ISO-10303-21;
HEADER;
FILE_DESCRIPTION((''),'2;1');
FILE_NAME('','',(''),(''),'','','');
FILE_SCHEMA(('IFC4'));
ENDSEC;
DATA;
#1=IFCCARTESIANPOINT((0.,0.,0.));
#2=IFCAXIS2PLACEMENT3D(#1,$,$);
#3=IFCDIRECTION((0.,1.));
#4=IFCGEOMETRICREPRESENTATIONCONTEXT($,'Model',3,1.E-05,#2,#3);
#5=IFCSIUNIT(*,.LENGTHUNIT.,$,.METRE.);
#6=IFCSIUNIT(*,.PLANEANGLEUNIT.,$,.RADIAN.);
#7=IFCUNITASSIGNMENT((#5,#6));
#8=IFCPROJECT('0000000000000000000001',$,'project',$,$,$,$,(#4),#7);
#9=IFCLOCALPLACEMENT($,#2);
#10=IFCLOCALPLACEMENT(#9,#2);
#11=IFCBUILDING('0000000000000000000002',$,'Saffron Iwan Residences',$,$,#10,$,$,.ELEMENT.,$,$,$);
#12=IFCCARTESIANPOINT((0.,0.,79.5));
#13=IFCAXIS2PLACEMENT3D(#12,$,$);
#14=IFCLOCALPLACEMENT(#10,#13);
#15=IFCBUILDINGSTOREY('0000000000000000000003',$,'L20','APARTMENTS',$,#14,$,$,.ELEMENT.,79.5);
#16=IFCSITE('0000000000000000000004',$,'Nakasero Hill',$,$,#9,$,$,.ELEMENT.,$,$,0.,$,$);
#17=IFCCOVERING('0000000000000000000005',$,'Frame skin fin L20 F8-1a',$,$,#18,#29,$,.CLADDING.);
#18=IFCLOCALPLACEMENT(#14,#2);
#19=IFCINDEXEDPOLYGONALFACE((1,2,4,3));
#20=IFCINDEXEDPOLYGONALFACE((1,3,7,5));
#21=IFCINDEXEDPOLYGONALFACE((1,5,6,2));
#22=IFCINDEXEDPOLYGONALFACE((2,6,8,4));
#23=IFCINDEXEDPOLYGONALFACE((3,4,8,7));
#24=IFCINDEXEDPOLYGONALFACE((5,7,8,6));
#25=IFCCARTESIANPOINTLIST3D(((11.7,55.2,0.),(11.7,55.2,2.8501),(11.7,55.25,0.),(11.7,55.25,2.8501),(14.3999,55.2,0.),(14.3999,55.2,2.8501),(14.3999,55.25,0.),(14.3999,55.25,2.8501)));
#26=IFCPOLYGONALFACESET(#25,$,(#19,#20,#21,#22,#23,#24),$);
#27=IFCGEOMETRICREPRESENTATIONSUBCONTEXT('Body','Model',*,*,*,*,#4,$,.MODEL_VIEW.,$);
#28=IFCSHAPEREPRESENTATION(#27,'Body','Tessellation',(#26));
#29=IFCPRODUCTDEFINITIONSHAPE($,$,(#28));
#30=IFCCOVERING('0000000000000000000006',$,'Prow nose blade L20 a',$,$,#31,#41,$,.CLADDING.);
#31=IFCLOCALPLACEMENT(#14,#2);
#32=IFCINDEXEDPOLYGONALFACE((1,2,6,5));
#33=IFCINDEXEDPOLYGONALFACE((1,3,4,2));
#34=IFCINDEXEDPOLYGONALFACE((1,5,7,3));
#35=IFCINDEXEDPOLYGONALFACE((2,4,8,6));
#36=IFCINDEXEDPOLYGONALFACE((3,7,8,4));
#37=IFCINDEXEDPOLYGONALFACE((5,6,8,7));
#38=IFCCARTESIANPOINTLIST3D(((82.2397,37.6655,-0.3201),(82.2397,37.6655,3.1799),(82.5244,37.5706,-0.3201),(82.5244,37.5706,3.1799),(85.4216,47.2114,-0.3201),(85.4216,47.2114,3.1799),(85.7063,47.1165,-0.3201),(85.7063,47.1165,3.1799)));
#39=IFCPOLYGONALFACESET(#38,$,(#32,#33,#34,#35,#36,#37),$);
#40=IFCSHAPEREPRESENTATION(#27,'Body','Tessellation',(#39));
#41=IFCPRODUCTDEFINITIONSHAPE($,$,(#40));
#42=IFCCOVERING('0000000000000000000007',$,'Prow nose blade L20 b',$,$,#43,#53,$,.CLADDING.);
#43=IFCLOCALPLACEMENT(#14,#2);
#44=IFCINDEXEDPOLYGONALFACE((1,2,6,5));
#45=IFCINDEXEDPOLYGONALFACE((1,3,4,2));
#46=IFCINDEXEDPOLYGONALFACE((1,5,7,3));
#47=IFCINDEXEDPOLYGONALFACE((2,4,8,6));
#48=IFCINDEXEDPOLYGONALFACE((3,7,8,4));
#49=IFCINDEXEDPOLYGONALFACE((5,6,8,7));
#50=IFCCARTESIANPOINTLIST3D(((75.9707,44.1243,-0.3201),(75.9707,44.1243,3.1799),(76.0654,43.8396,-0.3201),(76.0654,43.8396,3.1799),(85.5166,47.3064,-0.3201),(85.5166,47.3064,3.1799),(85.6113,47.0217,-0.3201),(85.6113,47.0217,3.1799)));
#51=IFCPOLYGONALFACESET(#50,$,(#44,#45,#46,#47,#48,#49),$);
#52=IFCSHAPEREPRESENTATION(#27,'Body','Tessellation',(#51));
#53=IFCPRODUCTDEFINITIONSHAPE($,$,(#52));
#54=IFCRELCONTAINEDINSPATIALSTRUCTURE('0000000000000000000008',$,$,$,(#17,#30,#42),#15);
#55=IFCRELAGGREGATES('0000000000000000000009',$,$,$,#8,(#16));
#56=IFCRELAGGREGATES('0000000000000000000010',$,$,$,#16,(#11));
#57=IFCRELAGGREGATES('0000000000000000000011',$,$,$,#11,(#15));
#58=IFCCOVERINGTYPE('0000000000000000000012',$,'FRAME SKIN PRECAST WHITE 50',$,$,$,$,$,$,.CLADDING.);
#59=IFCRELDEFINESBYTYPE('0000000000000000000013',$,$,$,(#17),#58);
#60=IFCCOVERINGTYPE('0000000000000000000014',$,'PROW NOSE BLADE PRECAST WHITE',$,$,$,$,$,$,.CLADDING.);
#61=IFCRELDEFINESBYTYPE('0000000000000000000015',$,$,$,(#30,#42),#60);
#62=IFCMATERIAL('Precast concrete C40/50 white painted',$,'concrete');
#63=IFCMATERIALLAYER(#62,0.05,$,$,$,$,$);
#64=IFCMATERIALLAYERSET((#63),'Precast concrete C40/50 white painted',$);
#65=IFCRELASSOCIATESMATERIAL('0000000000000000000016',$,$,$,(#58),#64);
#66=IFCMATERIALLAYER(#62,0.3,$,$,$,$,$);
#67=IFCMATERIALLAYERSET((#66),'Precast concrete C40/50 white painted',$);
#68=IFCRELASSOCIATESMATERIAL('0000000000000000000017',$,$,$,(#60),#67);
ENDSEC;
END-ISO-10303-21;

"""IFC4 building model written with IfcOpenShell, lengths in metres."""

from ifc_helpers import new_model, si_unit, direction, frame, origin, place, context, subcontext, project, spatial, polyline, outline, extrude, material, layer, layer_set, type_object, element, save


model = new_model("IFC4")

# Units and contexts
model_context = context("Model", 3, precision=1e-05, world=origin(), true_north=direction((0.0, 1.0)))
body_context = subcontext(model_context, "Body", "Model", "MODEL_VIEW")
ifc_project = project(units=[si_unit("LENGTHUNIT", "METRE"), si_unit("PLANEANGLEUNIT", "RADIAN")], contexts=[model_context])

# Site, building, storey
site_placement = place(None, origin())
site = spatial("IfcSite", under=ifc_project, at=site_placement, Name="Nakasero Hill", CompositionType="ELEMENT", RefElevation=0.0)
building_placement = place(site_placement, origin())
building = spatial("IfcBuilding", under=site, at=building_placement, Name="Saffron Iwan Residences", CompositionType="ELEMENT")
storey_placement = place(building_placement, frame((0.0, 0.0, 79.5)))
storey = spatial("IfcBuildingStorey", under=building, at=storey_placement, Name="L20", Description="APARTMENTS", CompositionType="ELEMENT", Elevation=79.5)

# Coverings
ifc_material_1 = material(Name="Precast concrete C40/50 white painted", Category="concrete")
ifc_layer_1 = layer(ifc_material_1, 0.05)
ifc_layer_set_1 = layer_set([ifc_layer_1], Name="Precast concrete C40/50 white painted")
covering_type_1 = type_object("IfcCoveringType", Name="FRAME SKIN PRECAST WHITE 50", PredefinedType="CLADDING", material=ifc_layer_set_1)
covering_1_placement = place(storey_placement, origin())
element("IfcCovering", 1, at=covering_1_placement, inside=storey, type_object=covering_type_1, Name="Frame skin fin L20 F8-1a", PredefinedType="CLADDING", context=body_context, shape_type="SweptSolid", body=[
    extrude(outline(polyline([(11.7, 55.25), (11.7, 55.2), (14.3999, 55.2), (14.3999, 55.25), (11.7, 55.25)])), origin(), (0.0, 0.0, 1.0), 2.8501),
])
ifc_layer_2 = layer(ifc_material_1, 0.3)
ifc_layer_set_2 = layer_set([ifc_layer_2], Name="Precast concrete C40/50 white painted")
covering_type_2 = type_object("IfcCoveringType", Name="PROW NOSE BLADE PRECAST WHITE", PredefinedType="CLADDING", material=ifc_layer_set_2)
covering_2_placement = place(storey_placement, frame((0.0, 0.0, -0.3201)))
element("IfcCovering", 2, at=covering_2_placement, inside=storey, type_object=covering_type_2, Name="Prow nose blade L20 a", PredefinedType="CLADDING", context=body_context, shape_type="SweptSolid", body=[
    extrude(outline(polyline([(82.5244, 37.5706), (85.7063, 47.1165), (85.4216, 47.2114), (82.2397, 37.6655), (82.5244, 37.5706)])), origin(), (0.0, 0.0, 1.0), 3.5),
])
covering_3_placement = place(storey_placement, frame((0.0, 0.0, -0.3201)))
element("IfcCovering", 3, at=covering_3_placement, inside=storey, type_object=covering_type_2, Name="Prow nose blade L20 b", PredefinedType="CLADDING", context=body_context, shape_type="SweptSolid", body=[
    extrude(outline(polyline([(76.0654, 43.8396), (85.6113, 47.0217), (85.5166, 47.3064), (75.9707, 44.1243), (76.0654, 43.8396)])), origin(), (0.0, 0.0, 1.0), 3.5),
])

save(model, "model.ifc")
